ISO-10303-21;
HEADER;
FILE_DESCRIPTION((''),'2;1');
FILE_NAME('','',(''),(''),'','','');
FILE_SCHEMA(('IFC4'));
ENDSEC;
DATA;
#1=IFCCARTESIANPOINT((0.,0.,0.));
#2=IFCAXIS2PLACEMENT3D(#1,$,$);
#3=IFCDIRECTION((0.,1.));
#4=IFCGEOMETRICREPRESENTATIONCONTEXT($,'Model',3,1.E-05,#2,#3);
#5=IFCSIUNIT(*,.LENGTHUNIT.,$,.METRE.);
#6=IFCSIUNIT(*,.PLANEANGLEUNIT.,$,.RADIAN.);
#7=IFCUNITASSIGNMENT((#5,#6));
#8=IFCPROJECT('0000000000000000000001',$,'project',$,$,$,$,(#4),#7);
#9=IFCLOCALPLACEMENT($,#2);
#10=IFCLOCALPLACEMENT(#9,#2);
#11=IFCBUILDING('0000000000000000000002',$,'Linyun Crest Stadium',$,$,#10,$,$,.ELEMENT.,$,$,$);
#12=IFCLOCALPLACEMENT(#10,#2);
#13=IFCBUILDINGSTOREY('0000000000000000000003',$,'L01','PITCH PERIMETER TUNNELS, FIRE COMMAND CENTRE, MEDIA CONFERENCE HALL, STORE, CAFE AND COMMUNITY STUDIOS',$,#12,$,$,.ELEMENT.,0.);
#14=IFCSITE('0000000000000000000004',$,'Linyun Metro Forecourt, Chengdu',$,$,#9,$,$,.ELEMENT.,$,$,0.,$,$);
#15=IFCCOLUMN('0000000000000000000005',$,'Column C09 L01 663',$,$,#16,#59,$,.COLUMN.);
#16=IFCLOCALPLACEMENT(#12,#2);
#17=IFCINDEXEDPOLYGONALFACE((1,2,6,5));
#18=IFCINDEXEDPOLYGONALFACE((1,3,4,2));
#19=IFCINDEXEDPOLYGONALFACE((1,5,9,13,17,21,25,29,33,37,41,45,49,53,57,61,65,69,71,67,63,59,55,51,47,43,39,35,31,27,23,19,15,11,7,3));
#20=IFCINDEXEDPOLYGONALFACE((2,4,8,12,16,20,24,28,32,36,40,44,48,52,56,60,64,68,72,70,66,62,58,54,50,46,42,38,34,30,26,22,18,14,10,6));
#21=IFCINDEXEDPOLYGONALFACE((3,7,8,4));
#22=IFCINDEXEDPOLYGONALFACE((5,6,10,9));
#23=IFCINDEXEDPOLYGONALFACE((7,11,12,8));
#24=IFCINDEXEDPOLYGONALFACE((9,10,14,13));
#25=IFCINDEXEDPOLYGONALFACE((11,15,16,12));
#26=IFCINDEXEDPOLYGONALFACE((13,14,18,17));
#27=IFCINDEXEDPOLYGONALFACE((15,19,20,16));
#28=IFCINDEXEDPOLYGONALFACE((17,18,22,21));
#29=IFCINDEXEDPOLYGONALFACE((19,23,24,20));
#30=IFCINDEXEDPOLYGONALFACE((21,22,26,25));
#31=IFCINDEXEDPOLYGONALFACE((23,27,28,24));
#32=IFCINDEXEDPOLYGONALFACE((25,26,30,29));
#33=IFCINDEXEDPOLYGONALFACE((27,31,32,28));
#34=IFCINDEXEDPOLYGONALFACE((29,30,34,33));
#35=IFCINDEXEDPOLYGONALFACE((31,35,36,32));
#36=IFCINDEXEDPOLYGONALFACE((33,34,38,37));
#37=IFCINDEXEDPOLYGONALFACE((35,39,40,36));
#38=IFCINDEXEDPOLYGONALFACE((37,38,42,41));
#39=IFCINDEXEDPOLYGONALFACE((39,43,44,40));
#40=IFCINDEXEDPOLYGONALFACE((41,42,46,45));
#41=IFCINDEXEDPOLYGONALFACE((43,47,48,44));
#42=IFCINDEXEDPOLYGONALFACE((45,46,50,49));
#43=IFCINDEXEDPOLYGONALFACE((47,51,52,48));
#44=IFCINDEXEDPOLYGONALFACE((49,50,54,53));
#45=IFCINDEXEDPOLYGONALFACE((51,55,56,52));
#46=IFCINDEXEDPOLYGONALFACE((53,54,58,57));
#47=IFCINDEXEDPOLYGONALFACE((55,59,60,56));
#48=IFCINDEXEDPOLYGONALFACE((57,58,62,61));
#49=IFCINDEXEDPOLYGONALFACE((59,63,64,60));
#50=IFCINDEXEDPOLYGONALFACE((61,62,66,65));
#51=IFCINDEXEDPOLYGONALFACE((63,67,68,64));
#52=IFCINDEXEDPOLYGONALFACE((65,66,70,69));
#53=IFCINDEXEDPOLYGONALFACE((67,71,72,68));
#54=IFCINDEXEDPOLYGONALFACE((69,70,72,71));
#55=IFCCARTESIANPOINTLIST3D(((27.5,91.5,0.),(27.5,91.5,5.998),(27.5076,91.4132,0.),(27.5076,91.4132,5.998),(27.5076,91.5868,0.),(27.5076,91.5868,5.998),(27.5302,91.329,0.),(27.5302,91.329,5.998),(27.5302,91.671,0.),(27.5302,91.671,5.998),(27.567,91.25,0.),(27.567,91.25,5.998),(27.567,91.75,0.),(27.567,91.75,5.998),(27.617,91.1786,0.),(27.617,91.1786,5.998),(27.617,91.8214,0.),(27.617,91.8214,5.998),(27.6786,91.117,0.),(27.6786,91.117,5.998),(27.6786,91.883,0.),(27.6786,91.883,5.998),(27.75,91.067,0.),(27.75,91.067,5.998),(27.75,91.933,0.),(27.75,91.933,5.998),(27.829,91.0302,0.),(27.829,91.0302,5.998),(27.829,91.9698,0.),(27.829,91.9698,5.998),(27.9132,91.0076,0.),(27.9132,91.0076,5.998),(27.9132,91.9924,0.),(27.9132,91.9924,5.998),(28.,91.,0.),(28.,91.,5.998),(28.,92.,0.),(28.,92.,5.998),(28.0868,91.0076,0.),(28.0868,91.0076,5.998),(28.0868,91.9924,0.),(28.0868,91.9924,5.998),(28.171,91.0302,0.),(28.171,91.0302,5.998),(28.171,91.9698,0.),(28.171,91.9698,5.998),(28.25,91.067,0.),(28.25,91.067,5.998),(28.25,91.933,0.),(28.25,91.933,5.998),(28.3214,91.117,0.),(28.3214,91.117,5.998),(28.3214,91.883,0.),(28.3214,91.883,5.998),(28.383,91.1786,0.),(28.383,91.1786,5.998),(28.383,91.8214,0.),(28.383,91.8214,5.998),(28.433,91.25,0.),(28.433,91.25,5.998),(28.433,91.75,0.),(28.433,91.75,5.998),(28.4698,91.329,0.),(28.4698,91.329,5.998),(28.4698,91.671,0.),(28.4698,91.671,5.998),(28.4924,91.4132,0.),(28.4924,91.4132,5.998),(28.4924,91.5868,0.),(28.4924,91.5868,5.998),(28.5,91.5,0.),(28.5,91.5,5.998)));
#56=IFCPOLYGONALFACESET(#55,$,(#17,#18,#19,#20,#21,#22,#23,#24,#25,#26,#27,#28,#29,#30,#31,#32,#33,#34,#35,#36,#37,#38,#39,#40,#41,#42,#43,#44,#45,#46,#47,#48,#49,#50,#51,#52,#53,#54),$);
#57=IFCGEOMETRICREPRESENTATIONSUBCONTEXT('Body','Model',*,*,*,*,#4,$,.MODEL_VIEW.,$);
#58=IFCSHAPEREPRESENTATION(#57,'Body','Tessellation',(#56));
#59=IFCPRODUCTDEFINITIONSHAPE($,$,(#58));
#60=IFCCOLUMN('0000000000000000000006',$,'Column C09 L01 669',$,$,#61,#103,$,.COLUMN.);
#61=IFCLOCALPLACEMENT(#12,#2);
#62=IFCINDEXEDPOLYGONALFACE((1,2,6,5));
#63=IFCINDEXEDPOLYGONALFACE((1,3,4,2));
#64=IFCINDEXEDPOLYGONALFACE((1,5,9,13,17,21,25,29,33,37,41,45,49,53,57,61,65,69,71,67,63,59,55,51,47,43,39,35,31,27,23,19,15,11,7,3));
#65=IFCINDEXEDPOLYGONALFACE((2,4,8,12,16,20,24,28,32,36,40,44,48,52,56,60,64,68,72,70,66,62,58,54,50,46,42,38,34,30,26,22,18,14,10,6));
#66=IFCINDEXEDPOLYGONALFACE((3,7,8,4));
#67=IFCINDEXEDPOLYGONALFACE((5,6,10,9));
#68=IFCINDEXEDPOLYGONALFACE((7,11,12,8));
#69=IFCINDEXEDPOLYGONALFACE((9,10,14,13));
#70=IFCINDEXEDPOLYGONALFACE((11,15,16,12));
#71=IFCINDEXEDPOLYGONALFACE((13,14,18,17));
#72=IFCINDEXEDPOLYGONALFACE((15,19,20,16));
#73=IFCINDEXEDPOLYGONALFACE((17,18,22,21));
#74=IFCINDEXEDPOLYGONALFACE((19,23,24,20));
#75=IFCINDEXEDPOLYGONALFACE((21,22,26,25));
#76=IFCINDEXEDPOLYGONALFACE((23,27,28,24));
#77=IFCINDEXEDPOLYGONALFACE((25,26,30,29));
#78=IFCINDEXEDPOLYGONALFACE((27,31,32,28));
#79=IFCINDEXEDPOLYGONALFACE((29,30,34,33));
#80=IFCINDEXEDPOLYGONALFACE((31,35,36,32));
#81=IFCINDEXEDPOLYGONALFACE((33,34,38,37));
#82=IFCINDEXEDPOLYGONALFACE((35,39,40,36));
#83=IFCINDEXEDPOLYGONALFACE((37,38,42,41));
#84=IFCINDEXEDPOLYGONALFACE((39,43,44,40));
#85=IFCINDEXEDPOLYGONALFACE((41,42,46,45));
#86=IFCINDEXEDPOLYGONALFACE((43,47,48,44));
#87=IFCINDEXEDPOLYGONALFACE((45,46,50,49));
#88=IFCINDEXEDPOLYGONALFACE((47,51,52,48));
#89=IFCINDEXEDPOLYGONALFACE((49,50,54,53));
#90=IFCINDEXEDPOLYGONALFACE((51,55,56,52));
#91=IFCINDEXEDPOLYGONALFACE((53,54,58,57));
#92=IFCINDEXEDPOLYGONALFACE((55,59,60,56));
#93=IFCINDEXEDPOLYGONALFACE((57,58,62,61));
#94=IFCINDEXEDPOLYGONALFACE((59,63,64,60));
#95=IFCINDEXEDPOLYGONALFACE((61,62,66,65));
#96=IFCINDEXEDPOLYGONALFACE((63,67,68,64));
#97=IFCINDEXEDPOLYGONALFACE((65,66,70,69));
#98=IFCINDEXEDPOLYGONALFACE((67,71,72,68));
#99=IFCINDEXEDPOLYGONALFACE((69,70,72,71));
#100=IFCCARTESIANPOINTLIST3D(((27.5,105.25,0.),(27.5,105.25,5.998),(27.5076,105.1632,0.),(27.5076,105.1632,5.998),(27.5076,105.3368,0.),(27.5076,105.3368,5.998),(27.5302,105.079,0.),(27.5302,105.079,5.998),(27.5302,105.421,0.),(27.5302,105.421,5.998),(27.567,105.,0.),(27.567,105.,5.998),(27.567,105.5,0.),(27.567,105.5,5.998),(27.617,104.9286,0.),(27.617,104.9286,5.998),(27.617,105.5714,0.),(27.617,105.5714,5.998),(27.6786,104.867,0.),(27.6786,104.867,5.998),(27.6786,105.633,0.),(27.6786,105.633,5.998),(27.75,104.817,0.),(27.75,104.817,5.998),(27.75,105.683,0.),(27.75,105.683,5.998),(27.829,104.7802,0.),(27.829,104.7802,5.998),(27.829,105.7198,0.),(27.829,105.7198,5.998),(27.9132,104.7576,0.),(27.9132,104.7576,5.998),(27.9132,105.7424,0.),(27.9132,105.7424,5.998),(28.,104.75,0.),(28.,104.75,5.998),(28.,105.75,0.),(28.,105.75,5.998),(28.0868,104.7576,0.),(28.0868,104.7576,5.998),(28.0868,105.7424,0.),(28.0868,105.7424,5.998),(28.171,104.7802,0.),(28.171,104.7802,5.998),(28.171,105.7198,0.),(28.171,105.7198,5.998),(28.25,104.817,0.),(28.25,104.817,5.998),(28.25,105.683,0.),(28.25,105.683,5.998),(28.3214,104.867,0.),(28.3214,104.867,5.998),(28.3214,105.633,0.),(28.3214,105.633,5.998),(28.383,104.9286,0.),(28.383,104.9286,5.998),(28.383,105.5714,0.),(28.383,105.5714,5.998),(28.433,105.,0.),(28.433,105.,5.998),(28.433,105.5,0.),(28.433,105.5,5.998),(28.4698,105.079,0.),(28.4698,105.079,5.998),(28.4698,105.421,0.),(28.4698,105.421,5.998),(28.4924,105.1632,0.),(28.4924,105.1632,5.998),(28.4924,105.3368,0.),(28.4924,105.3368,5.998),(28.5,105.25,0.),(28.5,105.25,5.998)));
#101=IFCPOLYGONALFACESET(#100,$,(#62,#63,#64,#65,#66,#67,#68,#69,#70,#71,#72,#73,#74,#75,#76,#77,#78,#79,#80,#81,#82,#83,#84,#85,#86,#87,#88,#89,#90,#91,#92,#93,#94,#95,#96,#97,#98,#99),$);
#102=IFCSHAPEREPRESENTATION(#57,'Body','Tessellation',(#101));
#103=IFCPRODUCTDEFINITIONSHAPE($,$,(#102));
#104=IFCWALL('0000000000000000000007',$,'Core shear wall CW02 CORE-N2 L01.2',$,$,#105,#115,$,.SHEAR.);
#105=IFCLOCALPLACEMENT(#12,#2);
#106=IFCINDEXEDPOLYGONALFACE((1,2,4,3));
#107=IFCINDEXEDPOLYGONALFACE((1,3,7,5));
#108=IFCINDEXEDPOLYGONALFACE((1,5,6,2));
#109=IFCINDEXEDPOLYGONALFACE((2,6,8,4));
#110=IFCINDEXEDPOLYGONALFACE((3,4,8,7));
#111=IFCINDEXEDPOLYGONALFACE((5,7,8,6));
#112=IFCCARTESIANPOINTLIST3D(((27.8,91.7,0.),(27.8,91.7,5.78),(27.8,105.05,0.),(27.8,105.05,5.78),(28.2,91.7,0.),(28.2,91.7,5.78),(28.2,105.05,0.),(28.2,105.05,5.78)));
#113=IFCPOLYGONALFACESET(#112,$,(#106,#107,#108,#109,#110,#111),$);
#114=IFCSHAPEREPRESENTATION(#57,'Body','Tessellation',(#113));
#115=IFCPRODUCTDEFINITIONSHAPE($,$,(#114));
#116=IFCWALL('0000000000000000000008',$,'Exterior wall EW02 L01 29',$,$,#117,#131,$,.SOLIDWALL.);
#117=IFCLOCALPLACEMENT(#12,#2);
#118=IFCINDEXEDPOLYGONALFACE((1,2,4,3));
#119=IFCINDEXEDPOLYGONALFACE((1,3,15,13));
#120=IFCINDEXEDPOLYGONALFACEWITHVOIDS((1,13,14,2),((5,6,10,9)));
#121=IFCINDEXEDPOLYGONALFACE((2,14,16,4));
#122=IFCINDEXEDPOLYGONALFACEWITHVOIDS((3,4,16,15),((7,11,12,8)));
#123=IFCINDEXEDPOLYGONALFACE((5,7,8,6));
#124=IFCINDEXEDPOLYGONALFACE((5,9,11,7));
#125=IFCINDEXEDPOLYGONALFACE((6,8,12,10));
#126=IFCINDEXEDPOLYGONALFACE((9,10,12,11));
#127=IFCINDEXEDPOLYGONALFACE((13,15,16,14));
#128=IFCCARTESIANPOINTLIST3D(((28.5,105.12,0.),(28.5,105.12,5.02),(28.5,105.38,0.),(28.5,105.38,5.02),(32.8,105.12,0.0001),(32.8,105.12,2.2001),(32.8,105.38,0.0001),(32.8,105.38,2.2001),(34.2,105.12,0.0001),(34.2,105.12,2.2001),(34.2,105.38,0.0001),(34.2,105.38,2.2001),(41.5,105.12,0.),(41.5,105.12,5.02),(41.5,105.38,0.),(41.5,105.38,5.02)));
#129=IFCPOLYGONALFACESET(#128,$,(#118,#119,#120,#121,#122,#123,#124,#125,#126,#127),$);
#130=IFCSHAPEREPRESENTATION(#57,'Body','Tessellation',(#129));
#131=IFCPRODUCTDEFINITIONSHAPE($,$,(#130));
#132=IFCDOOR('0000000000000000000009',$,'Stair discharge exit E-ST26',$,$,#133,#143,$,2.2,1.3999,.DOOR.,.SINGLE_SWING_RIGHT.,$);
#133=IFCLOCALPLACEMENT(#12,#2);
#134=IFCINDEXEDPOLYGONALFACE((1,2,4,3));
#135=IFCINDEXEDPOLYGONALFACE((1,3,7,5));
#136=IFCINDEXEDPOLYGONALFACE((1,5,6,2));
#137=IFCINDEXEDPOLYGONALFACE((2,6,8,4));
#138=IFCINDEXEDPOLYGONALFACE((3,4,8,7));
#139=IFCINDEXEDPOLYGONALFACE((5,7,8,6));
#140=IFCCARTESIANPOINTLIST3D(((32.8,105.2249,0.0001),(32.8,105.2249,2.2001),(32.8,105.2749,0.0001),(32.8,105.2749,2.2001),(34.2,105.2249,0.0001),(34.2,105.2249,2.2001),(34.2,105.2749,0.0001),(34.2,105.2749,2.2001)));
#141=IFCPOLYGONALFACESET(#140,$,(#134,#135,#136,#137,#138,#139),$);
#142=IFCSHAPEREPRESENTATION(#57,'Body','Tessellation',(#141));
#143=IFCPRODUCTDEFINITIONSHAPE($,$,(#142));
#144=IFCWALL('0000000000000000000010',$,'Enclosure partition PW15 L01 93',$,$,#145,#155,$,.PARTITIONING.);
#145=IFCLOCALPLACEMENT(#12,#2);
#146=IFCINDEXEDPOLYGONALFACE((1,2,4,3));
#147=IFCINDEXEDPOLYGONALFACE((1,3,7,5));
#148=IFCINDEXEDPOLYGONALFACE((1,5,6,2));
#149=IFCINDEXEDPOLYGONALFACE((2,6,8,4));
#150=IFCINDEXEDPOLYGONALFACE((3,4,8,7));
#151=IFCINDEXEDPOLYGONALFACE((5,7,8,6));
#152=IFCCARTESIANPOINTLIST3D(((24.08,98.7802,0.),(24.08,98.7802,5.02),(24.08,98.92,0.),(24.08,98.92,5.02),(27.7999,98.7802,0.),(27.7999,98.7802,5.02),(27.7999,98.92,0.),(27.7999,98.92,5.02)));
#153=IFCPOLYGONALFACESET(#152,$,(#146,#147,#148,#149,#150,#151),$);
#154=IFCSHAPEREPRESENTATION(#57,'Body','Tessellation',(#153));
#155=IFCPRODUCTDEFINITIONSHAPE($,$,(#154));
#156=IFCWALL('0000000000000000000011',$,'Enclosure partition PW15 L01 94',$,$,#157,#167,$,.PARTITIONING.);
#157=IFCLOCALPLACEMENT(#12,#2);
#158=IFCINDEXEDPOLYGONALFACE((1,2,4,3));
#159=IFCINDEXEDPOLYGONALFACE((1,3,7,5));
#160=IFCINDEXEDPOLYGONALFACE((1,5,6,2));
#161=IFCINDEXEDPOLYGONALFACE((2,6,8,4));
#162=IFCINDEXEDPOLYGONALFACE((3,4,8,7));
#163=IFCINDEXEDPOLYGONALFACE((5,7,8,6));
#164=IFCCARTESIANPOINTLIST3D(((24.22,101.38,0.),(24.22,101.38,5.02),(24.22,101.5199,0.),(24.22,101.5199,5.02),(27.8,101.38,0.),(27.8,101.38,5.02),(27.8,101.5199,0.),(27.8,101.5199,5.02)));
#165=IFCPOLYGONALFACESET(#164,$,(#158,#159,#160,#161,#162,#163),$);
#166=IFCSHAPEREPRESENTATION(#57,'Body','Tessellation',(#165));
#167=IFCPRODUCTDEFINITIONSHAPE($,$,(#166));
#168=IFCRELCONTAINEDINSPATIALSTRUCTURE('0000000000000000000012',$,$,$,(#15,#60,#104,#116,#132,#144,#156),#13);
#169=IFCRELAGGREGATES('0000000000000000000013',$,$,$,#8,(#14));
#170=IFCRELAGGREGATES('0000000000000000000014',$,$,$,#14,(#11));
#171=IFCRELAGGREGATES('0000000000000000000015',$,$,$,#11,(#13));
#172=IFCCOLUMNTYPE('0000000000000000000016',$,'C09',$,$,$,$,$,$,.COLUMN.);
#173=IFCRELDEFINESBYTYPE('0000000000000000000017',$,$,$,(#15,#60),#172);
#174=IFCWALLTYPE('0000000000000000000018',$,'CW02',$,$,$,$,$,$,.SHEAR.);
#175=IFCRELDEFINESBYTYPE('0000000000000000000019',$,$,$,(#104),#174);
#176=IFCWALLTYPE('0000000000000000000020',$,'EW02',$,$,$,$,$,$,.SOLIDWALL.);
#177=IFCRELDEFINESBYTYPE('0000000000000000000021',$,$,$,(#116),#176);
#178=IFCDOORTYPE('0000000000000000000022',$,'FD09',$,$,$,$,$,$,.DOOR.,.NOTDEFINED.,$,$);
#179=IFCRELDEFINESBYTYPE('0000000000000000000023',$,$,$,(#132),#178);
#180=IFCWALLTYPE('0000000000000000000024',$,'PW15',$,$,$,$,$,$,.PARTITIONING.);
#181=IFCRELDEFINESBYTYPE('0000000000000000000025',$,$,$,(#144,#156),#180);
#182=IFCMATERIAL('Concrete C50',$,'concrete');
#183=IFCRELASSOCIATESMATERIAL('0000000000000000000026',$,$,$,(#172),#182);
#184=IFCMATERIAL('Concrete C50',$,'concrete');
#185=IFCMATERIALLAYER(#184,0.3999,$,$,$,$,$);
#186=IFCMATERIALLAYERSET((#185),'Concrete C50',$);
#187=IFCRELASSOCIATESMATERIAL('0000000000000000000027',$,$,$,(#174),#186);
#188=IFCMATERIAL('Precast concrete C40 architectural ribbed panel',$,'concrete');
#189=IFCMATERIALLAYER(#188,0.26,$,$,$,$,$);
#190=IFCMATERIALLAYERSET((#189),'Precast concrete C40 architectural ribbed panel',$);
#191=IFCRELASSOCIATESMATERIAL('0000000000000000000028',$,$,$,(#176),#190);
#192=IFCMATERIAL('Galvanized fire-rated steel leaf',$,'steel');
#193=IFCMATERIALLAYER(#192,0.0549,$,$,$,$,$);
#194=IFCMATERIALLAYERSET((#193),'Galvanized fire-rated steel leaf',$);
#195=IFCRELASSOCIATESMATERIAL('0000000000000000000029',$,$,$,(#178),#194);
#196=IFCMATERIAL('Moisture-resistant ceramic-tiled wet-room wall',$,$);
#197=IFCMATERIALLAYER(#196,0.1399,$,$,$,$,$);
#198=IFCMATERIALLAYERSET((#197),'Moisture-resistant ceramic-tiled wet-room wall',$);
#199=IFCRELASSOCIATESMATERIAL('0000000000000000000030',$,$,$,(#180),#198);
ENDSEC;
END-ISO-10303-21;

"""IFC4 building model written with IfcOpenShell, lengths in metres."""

from ifc_helpers import new_model, si_unit, direction, frame, frame_2d, origin, origin_2d, place, context, subcontext, project, spatial, rectangle, circle, extrude, material, layer, layer_set, material_profile, profile_set, type_object, element, fill, save


model = new_model("IFC4")

# Units and contexts
model_context = context("Model", 3, precision=1e-05, world=origin(), true_north=direction((0.0, 1.0)))
body_context = subcontext(model_context, "Body", "Model", "MODEL_VIEW")
ifc_project = project(units=[si_unit("LENGTHUNIT", "METRE"), si_unit("PLANEANGLEUNIT", "RADIAN")], contexts=[model_context])

# Site, building, storey
site_placement = place(None, origin())
site = spatial("IfcSite", under=ifc_project, at=site_placement, Name="Linyun Metro Forecourt, Chengdu", CompositionType="ELEMENT", RefElevation=0.0)
building_placement = place(site_placement, origin())
building = spatial("IfcBuilding", under=site, at=building_placement, Name="Linyun Crest Stadium", CompositionType="ELEMENT")
storey_placement = place(building_placement, origin())
storey = spatial("IfcBuildingStorey", under=building, at=storey_placement, Name="L01", Description="PITCH PERIMETER TUNNELS, FIRE COMMAND CENTRE, MEDIA CONFERENCE HALL, STORE, CAFE AND COMMUNITY STUDIOS", CompositionType="ELEMENT", Elevation=0.0)

# Columns
ifc_material_1 = material(Name="Concrete C50", Category="concrete")
ifc_material_profile = material_profile(ifc_material_1, circle(Radius=0.5, at=origin_2d()), Name="RC D1000")
ifc_profile_set = profile_set([ifc_material_profile], Name="Concrete C50")
column_type = type_object("IfcColumnType", Name="C09", PredefinedType="COLUMN", material=ifc_profile_set)
for number, where, z_axis, x_axis, name in (
    (1, (28.0, 91.5, 0.0), (0.0, 0.0, 1.0), (1.0, 0.0, 0.0), "Column C09 L01 663"),
    (2, (28.0, 105.25, 0.0), (0.0, 0.0, 1.0), (1.0, 0.0, 0.0), "Column C09 L01 669"),
):
    element("IfcColumn", number, at=place(storey_placement, frame(where, z_axis=z_axis, x_axis=x_axis)), inside=storey, type_object=column_type, Name=name, PredefinedType="COLUMN", context=body_context, shape_type="SweptSolid", body=[
        extrude(circle(Radius=0.5, at=origin_2d()), origin(), (0.0, 0.0, 1.0), 5.998),
    ])

# Wall
ifc_material_2 = material(Name="Concrete C50", Category="concrete")
ifc_layer_1 = layer(ifc_material_2, 0.3999)
ifc_layer_set_1 = layer_set([ifc_layer_1], Name="Concrete C50")
wall_type_1 = type_object("IfcWallType", Name="CW02", PredefinedType="SHEAR", material=ifc_layer_set_1)
wall_1_placement = place(storey_placement, frame((28.0, 91.7, 0.0), z_axis=(0.0, 0.0, 1.0), x_axis=(0.0, 1.0, 0.0)))
element("IfcWall", 3, at=wall_1_placement, inside=storey, type_object=wall_type_1, Name="Core shear wall CW02 CORE-N2 L01.2", PredefinedType="SHEAR", context=body_context, shape_type="SweptSolid", body=[
    extrude(rectangle(XDim=13.3501, YDim=0.3999, at=frame_2d((6.675, 0.0))), origin(), (0.0, 0.0, 1.0), 5.78),
])

# Wall, opening, door
ifc_material_3 = material(Name="Precast concrete C40 architectural ribbed panel", Category="concrete")
ifc_layer_2 = layer(ifc_material_3, 0.26)
ifc_layer_set_2 = layer_set([ifc_layer_2], Name="Precast concrete C40 architectural ribbed panel")
wall_type_2 = type_object("IfcWallType", Name="EW02", PredefinedType="SOLIDWALL", material=ifc_layer_set_2)
wall_2_placement = place(storey_placement, frame((28.5, 105.25, 0.0), z_axis=(0.0, 0.0, 1.0), x_axis=(1.0, 0.0, 0.0)))
wall_2 = element("IfcWall", 4, at=wall_2_placement, inside=storey, type_object=wall_type_2, Name="Exterior wall EW02 L01 29", PredefinedType="SOLIDWALL", context=body_context, shape_type="SweptSolid", body=[
    extrude(rectangle(XDim=13.0, YDim=0.26, at=frame_2d((6.5, 0.0))), origin(), (0.0, 0.0, 1.0), 5.02),
])
opening_1_placement = place(wall_2_placement, frame((4.3, 0.0, 0.0)))
opening_1 = element("IfcOpeningElement", 5, at=opening_1_placement, cuts=wall_2, PredefinedType="OPENING", context=body_context, shape_type="SweptSolid", body=[
    extrude(rectangle(XDim=1.3999, YDim=2.2, at=frame_2d((0.7, 1.1001))), frame((0.0, 0.1399, 0.0), z_axis=(0.0, -1.0, 0.0), x_axis=(1.0, 0.0, 0.0)), (0.0, 0.0, 1.0), 0.28),
])
ifc_material_4 = material(Name="Galvanized fire-rated steel leaf", Category="steel")
ifc_layer_3 = layer(ifc_material_4, 0.0549)
ifc_layer_set_3 = layer_set([ifc_layer_3], Name="Galvanized fire-rated steel leaf")
door_type_1 = type_object("IfcDoorType", Name="FD09", OperationType="NOTDEFINED", PredefinedType="DOOR", material=ifc_layer_set_3)
door_1_placement = place(opening_1_placement, origin())
door_1 = element("IfcDoor", 6, at=door_1_placement, inside=storey, type_object=door_type_1, Name="Stair discharge exit E-ST26", OperationType="SINGLE_SWING_RIGHT", OverallHeight=2.2, OverallWidth=1.3999, PredefinedType="DOOR", context=body_context, shape_type="SweptSolid", body=[
    extrude(rectangle(XDim=1.3999, YDim=2.2, at=frame_2d((0.7, 1.1001))), frame((0.0, 0.0249, 0.0), z_axis=(0.0, -1.0, 0.0), x_axis=(1.0, 0.0, 0.0)), (0.0, 0.0, 1.0), 0.05),
])
fill(opening_1, door_1)

# Shared definitions
ifc_material_5 = material(Name="Moisture-resistant ceramic-tiled wet-room wall")
ifc_layer_4 = layer(ifc_material_5, 0.1399)
ifc_layer_set_4 = layer_set([ifc_layer_4], Name="Moisture-resistant ceramic-tiled wet-room wall")
wall_type_3 = type_object("IfcWallType", Name="PW15", PredefinedType="PARTITIONING", material=ifc_layer_set_4)

# Walls
wall_3_placement = place(storey_placement, frame((24.0801, 98.8501, 0.0), z_axis=(0.0, 0.0, 1.0), x_axis=(1.0, 0.0, 0.0)))
element("IfcWall", 7, at=wall_3_placement, inside=storey, type_object=wall_type_3, Name="Enclosure partition PW15 L01 93", PredefinedType="PARTITIONING", context=body_context, shape_type="SweptSolid", body=[
    extrude(rectangle(XDim=3.72, YDim=0.1399, at=frame_2d((1.8599, 0.0))), origin(), (0.0, 0.0, 1.0), 5.02),
])
wall_4_placement = place(storey_placement, frame((24.22, 101.45, 0.0), z_axis=(0.0, 0.0, 1.0), x_axis=(1.0, 0.0, 0.0)))
element("IfcWall", 8, at=wall_4_placement, inside=storey, type_object=wall_type_3, Name="Enclosure partition PW15 L01 94", PredefinedType="PARTITIONING", context=body_context, shape_type="SweptSolid", body=[
    extrude(rectangle(XDim=3.5801, YDim=0.1399, at=frame_2d((1.79, 0.0))), origin(), (0.0, 0.0, 1.0), 5.02),
])

save(model, "model.ifc")
